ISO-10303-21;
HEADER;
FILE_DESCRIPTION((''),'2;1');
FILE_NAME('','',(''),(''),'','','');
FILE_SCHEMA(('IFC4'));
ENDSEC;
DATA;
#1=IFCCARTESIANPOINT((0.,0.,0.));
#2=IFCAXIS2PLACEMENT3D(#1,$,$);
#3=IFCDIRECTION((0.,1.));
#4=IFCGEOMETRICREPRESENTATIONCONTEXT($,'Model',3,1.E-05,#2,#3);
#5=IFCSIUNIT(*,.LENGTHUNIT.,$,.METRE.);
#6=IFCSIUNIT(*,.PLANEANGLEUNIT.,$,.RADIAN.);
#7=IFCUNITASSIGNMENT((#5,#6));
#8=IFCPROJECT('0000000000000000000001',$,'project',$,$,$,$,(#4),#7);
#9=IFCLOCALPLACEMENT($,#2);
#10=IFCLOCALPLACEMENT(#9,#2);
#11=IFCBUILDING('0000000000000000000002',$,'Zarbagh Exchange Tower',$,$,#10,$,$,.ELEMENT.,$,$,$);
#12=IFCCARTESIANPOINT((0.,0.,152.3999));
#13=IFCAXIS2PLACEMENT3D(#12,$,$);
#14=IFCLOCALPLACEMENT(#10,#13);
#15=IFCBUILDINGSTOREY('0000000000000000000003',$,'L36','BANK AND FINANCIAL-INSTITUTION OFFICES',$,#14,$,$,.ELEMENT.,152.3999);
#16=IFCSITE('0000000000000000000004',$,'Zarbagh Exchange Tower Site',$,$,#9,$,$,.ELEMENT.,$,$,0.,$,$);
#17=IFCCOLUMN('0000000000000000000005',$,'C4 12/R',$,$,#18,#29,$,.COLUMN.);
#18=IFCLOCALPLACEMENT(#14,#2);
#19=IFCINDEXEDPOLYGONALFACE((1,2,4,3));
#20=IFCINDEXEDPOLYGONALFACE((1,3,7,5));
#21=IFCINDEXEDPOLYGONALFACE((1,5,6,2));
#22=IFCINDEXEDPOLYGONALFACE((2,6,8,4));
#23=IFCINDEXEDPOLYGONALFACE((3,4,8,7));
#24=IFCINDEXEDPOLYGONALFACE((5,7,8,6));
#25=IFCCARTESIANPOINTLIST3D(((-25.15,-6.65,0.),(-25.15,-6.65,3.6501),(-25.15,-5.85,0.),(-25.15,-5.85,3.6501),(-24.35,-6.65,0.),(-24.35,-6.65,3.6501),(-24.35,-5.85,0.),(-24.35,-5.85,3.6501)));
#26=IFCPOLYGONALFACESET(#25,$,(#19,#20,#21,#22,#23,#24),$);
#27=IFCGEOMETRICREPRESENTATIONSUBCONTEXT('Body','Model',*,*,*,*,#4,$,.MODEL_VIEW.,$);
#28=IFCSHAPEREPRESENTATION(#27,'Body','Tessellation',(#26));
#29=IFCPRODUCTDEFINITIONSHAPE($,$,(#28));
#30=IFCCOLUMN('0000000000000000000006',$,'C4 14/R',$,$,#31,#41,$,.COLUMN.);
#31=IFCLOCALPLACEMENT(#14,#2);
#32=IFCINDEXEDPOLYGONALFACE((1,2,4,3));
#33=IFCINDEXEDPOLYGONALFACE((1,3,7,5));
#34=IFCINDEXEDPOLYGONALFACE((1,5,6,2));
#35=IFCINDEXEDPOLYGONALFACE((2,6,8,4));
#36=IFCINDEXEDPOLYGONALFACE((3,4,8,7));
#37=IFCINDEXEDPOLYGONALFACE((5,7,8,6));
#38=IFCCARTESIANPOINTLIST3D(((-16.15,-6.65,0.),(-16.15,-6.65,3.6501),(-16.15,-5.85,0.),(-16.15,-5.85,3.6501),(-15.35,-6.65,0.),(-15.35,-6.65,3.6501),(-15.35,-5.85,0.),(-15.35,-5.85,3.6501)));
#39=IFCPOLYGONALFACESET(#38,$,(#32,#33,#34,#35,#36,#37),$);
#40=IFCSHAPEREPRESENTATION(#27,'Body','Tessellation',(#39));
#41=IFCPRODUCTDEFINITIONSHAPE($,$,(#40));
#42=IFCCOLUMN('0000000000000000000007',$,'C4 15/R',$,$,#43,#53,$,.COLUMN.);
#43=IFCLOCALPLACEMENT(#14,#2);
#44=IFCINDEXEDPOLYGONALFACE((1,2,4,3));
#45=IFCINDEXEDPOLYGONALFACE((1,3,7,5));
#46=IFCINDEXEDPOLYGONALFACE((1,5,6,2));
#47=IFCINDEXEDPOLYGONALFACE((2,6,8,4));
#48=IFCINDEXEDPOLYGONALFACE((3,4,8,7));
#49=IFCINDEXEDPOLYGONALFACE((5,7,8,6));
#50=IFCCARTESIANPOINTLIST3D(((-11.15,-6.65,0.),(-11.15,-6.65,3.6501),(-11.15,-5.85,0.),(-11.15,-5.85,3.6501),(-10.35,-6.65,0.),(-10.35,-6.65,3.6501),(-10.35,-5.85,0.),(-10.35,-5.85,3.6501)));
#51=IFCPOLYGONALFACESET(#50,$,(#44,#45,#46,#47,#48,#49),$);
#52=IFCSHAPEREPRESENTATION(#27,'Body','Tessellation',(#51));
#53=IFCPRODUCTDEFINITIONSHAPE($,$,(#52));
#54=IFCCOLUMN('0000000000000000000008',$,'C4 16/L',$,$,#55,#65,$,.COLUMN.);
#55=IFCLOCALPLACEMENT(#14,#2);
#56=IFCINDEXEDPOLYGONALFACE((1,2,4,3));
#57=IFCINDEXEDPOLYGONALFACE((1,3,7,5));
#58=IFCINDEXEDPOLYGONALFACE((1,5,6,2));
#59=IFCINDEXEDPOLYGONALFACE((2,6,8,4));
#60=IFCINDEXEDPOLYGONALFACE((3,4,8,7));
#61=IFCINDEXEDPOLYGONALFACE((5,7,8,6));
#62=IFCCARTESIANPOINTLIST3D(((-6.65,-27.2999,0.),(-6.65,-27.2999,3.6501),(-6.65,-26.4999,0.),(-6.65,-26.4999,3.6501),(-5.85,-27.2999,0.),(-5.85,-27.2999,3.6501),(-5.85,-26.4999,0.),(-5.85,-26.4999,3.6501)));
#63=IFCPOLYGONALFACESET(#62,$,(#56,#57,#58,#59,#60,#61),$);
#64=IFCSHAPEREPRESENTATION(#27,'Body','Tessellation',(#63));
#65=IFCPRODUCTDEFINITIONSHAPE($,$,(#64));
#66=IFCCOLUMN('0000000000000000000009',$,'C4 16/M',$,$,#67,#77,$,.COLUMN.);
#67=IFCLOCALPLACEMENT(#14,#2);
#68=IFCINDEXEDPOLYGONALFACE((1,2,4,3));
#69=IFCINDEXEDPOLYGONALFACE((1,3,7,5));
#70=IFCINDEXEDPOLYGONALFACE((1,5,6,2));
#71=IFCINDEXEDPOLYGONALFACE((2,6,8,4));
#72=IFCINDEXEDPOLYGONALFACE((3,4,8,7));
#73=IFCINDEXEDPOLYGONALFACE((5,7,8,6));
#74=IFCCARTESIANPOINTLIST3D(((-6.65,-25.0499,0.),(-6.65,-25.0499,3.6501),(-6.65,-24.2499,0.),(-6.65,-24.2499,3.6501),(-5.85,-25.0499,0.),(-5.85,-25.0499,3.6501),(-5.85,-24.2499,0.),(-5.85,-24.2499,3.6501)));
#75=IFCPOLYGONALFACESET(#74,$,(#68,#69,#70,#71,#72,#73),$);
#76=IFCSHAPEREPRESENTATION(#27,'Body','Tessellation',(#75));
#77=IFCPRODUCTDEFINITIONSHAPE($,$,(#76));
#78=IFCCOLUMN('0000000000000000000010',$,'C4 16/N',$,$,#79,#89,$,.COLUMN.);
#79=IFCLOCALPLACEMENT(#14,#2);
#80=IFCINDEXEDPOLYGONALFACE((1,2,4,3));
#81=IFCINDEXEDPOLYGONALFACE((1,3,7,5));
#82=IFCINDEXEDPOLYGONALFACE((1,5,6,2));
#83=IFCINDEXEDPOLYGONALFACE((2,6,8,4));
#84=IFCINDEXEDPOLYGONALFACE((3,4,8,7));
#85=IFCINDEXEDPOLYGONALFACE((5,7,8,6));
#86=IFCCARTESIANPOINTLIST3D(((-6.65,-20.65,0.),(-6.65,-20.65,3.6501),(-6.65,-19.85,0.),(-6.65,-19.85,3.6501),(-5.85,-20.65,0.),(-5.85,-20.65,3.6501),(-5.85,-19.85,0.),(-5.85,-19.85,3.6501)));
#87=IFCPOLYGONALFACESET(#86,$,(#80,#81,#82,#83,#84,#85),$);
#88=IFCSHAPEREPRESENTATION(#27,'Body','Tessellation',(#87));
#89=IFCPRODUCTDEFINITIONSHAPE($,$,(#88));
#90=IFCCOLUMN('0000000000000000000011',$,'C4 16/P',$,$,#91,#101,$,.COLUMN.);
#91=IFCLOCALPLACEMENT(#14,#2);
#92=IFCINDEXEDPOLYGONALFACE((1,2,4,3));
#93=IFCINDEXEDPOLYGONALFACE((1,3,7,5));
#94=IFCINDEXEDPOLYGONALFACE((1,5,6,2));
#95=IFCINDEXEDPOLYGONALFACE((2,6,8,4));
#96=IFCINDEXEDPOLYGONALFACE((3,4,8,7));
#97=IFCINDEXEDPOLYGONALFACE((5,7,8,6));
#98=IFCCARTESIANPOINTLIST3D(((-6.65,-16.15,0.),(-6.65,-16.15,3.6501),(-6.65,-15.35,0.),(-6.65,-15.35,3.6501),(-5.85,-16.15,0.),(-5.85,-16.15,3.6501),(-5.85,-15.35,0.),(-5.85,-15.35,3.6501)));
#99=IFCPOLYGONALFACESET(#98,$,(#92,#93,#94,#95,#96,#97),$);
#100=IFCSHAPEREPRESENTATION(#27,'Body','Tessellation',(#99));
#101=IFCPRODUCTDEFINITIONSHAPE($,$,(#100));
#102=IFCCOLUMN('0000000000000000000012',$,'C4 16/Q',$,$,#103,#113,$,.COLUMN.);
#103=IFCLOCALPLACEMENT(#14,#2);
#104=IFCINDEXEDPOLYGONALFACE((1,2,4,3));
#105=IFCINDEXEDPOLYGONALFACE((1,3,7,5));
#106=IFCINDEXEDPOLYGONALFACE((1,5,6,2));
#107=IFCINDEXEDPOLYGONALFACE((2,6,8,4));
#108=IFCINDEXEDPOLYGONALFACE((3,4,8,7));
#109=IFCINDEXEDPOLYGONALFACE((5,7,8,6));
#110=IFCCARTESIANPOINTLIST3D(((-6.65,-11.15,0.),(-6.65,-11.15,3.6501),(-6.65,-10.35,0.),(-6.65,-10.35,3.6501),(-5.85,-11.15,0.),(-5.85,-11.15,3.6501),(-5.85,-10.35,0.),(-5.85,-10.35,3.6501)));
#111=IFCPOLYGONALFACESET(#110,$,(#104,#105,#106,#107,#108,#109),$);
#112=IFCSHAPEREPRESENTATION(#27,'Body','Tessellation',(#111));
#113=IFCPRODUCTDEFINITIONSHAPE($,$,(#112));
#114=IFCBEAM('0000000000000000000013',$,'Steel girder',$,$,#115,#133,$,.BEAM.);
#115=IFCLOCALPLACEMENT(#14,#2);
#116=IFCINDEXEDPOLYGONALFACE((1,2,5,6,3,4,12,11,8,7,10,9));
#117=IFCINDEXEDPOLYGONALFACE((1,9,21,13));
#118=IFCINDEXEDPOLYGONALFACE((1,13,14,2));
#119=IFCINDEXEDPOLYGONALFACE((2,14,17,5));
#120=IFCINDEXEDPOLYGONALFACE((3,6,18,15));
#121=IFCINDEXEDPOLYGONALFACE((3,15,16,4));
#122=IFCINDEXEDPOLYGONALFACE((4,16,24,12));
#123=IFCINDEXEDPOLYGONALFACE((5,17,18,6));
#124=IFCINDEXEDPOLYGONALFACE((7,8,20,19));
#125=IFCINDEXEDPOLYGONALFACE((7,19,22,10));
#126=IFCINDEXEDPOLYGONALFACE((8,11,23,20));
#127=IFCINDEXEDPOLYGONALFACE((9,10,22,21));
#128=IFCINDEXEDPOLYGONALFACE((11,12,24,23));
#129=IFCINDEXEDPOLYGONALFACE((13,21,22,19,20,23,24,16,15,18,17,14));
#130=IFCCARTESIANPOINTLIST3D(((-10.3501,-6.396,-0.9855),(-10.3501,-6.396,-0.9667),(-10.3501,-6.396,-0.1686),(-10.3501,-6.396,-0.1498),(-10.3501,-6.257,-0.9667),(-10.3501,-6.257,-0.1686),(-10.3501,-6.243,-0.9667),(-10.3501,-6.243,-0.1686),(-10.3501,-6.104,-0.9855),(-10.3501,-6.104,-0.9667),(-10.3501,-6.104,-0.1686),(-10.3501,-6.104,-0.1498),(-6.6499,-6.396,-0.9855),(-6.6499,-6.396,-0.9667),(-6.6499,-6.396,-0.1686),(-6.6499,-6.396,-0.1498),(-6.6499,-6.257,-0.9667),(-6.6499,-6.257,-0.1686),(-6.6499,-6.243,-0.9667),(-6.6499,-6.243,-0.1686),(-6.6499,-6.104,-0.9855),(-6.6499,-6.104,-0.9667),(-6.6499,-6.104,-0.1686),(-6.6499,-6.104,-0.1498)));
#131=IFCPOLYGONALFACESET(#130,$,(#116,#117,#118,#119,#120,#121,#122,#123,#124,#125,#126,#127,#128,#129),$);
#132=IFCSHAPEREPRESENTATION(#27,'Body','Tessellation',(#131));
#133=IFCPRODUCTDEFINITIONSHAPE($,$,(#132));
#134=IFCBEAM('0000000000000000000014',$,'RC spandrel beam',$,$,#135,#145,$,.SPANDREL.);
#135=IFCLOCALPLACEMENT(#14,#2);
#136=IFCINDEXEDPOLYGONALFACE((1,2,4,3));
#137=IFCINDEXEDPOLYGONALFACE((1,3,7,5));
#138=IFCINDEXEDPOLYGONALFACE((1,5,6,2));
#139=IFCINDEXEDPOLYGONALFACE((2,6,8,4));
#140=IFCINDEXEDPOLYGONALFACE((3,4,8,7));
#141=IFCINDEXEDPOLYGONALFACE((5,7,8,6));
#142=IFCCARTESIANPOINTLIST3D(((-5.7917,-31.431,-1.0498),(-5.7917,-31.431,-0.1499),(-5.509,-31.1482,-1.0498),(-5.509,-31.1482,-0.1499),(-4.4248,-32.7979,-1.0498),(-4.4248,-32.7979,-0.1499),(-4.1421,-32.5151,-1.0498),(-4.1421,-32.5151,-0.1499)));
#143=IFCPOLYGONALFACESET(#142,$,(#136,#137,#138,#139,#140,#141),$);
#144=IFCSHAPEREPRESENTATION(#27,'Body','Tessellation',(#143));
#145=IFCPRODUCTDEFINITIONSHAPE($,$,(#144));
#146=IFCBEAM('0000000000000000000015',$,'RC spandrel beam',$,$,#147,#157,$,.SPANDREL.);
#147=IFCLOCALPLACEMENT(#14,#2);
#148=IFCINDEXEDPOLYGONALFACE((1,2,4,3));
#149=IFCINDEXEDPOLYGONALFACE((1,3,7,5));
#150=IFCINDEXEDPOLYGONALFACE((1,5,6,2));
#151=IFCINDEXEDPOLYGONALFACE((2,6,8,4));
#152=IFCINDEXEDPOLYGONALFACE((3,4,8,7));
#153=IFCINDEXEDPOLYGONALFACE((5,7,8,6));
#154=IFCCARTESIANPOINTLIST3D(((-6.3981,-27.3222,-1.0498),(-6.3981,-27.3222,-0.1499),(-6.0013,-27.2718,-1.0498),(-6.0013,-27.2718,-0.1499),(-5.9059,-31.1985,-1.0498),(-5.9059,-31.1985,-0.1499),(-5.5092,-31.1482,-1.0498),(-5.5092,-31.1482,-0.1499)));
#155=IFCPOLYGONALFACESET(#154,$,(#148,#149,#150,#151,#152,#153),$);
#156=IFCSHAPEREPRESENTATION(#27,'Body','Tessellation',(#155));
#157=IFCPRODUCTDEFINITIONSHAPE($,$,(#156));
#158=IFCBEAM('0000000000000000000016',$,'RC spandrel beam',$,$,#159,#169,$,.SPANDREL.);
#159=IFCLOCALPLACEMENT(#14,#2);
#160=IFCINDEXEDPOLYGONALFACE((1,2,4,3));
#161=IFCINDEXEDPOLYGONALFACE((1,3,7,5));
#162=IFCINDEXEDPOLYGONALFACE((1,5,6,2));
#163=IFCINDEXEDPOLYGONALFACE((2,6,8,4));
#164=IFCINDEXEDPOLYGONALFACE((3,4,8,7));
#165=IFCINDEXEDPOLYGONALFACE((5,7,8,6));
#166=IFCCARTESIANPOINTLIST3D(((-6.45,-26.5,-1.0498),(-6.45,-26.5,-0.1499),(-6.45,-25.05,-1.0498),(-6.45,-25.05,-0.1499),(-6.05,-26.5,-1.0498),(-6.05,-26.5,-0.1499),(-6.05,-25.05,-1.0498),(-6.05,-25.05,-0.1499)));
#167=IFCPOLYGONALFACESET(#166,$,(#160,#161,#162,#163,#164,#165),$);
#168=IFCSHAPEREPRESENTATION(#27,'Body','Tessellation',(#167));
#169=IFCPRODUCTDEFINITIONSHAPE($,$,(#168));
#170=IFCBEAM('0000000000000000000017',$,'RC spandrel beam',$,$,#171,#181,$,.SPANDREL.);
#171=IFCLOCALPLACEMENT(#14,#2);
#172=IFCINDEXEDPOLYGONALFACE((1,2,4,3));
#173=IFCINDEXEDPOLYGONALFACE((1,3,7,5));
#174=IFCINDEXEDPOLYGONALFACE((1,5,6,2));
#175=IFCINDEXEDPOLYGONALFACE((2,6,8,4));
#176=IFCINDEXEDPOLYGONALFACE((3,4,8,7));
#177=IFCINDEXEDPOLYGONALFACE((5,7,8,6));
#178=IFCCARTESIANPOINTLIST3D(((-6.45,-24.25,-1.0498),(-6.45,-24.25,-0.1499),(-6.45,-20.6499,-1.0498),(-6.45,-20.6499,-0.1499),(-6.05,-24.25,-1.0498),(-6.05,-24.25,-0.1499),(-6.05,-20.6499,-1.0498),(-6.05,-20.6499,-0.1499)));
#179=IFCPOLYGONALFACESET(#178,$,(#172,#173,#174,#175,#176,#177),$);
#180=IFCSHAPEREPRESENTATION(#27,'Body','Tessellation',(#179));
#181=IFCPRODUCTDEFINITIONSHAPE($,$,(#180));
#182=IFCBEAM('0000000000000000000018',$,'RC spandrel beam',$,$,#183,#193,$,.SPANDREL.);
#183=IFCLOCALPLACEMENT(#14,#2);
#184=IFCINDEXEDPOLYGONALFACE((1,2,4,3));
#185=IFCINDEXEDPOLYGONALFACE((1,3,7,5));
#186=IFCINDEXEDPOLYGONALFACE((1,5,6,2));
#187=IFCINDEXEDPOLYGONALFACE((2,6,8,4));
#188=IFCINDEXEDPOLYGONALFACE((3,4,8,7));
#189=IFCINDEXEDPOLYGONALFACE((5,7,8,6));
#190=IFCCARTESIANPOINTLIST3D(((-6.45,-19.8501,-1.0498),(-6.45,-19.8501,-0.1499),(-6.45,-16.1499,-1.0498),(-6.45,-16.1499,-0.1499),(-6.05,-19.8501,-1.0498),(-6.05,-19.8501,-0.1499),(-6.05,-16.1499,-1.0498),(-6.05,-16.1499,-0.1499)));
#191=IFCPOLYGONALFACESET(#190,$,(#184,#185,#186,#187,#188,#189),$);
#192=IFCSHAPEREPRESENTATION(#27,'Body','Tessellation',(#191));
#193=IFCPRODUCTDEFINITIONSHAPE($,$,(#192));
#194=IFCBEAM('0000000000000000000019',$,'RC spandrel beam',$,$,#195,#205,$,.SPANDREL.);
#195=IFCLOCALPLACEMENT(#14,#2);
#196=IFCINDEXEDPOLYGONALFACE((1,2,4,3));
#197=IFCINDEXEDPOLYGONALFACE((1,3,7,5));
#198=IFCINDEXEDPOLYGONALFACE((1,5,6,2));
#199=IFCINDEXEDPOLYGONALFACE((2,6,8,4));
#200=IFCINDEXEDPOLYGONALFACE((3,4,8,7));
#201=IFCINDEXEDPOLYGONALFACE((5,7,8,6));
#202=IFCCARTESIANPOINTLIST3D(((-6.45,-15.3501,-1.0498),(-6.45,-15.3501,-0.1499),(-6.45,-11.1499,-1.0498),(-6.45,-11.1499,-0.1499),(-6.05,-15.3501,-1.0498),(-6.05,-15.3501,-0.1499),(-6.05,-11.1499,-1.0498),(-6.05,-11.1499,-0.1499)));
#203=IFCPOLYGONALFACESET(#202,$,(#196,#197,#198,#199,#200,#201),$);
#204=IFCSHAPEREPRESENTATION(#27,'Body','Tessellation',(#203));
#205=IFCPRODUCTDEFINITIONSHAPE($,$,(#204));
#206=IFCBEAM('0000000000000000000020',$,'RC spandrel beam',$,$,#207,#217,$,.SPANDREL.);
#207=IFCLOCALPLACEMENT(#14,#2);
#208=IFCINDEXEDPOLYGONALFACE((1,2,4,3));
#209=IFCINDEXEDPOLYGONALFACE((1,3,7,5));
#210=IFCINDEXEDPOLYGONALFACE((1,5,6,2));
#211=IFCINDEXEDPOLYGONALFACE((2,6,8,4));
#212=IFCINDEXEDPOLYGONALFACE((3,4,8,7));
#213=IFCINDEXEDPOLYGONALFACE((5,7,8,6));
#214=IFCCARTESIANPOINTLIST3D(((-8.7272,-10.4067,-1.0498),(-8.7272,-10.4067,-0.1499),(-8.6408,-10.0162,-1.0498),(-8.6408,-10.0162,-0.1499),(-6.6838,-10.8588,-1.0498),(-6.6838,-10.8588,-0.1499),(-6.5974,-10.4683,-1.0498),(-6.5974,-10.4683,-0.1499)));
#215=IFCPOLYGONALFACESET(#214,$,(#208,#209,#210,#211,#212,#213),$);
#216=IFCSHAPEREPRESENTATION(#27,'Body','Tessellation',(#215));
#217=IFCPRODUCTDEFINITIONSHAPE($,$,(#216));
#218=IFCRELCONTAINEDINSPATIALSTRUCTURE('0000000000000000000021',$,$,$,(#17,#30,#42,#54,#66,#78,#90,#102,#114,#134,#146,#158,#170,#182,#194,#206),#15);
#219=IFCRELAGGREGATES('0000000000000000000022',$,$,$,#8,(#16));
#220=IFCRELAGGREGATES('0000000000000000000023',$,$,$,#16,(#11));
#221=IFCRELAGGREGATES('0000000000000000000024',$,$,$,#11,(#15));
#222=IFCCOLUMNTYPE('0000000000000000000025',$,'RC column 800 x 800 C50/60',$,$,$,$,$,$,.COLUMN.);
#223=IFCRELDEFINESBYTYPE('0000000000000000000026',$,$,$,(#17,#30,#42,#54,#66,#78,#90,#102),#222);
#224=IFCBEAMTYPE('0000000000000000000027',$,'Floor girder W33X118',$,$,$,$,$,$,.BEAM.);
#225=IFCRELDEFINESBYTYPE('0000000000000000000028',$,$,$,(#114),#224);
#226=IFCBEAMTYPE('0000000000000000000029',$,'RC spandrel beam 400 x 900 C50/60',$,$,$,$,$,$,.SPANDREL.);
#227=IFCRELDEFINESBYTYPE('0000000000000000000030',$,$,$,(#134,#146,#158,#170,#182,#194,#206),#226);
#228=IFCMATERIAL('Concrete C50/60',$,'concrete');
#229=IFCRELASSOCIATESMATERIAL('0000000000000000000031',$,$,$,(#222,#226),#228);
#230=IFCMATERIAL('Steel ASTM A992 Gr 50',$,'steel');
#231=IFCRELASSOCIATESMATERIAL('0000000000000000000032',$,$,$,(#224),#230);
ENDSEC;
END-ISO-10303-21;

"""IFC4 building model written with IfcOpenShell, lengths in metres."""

from ifc_helpers import new_model, si_unit, direction, frame, origin, origin_2d, place, context, subcontext, project, spatial, rectangle, i_section, extrude, material, material_profile, profile_set, type_object, element, save


model = new_model("IFC4")

# Units and contexts
model_context = context("Model", 3, precision=1e-05, world=origin(), true_north=direction((0.0, 1.0)))
body_context = subcontext(model_context, "Body", "Model", "MODEL_VIEW")
ifc_project = project(units=[si_unit("LENGTHUNIT", "METRE"), si_unit("PLANEANGLEUNIT", "RADIAN")], contexts=[model_context])

# Site, building, storey
site_placement = place(None, origin())
site = spatial("IfcSite", under=ifc_project, at=site_placement, Name="Zarbagh Exchange Tower Site", CompositionType="ELEMENT", RefElevation=0.0)
building_placement = place(site_placement, origin())
building = spatial("IfcBuilding", under=site, at=building_placement, Name="Zarbagh Exchange Tower", CompositionType="ELEMENT")
storey_placement = place(building_placement, frame((0.0, 0.0, 152.3999)))
storey = spatial("IfcBuildingStorey", under=building, at=storey_placement, Name="L36", Description="BANK AND FINANCIAL-INSTITUTION OFFICES", CompositionType="ELEMENT", Elevation=152.3999)

# Columns
ifc_material_1 = material(Name="Concrete C50/60", Category="concrete")
ifc_material_profile_1 = material_profile(ifc_material_1, rectangle(XDim=0.8, YDim=0.8, at=origin_2d()), Name="RC column 800 x 800 C50/60")
ifc_profile_set_1 = profile_set([ifc_material_profile_1], Name="Concrete C50/60")
column_type = type_object("IfcColumnType", Name="RC column 800 x 800 C50/60", PredefinedType="COLUMN", material=ifc_profile_set_1)
for number, where, z_axis, x_axis, name in (
    (1, (-24.75, -6.25, 0.0), (0.0, 0.0, 1.0), (1.0, 0.0, 0.0), "C4 12/R"),
    (2, (-15.75, -6.25, 0.0), (0.0, 0.0, 1.0), (1.0, 0.0, 0.0), "C4 14/R"),
    (3, (-10.75, -6.25, 0.0), (0.0, 0.0, 1.0), (1.0, 0.0, 0.0), "C4 15/R"),
    (4, (-6.25, -26.8999, 0.0), (0.0, 0.0, 1.0), (1.0, 0.0, 0.0), "C4 16/L"),
    (5, (-6.25, -24.6499, 0.0), (0.0, 0.0, 1.0), (1.0, 0.0, 0.0), "C4 16/M"),
    (6, (-6.25, -20.25, 0.0), (0.0, 0.0, 1.0), (1.0, 0.0, 0.0), "C4 16/N"),
    (7, (-6.25, -15.75, 0.0), (0.0, 0.0, 1.0), (1.0, 0.0, 0.0), "C4 16/P"),
    (8, (-6.25, -10.75, 0.0), (0.0, 0.0, 1.0), (1.0, 0.0, 0.0), "C4 16/Q"),
):
    element("IfcColumn", number, at=place(storey_placement, frame(where, z_axis=z_axis, x_axis=x_axis)), inside=storey, type_object=column_type, Name=name, PredefinedType="COLUMN", context=body_context, shape_type="SweptSolid", body=[
        extrude(rectangle(XDim=0.8, YDim=0.8, at=origin_2d()), origin(), (0.0, 0.0, 1.0), 3.6501),
    ])

# Beams
ifc_material_2 = material(Name="Steel ASTM A992 Gr 50", Category="steel")
ifc_material_profile_2 = material_profile(ifc_material_2, i_section(OverallWidth=0.292, OverallDepth=0.8357, WebThickness=0.0139, FlangeThickness=0.0188, at=origin_2d()), Name="W33X118")
ifc_profile_set_2 = profile_set([ifc_material_profile_2], Name="Steel ASTM A992 Gr 50")
beam_type_1 = type_object("IfcBeamType", Name="Floor girder W33X118", PredefinedType="BEAM", material=ifc_profile_set_2)
beam_1_placement = place(storey_placement, frame((-10.3501, -6.25, -0.5676), z_axis=(1.0, 0.0, 0.0), x_axis=(0.0, 1.0, 0.0)))
element("IfcBeam", 9, at=beam_1_placement, inside=storey, type_object=beam_type_1, Name="Steel girder", PredefinedType="BEAM", context=body_context, shape_type="SweptSolid", body=[
    extrude(i_section(OverallWidth=0.292, OverallDepth=0.8357, WebThickness=0.0139, FlangeThickness=0.0188, at=origin_2d()), origin(), (0.0, 0.0, 1.0), 3.7002),
])
ifc_material_profile_3 = material_profile(ifc_material_1, rectangle(XDim=0.3999, YDim=0.8999, at=origin_2d()), Name="RC spandrel beam 400 x 900 C50/60")
ifc_profile_set_3 = profile_set([ifc_material_profile_3], Name="Concrete C50/60")
beam_type_2 = type_object("IfcBeamType", Name="RC spandrel beam 400 x 900 C50/60", PredefinedType="SPANDREL", material=ifc_profile_set_3)
beam_2_placement = place(storey_placement, frame((-4.2834, -32.6565, -0.5999), z_axis=(-0.707107, 0.707107, 0.0), x_axis=(-0.707107, -0.707107, 0.0)))
element("IfcBeam", 10, at=beam_2_placement, inside=storey, type_object=beam_type_2, Name="RC spandrel beam", PredefinedType="SPANDREL", context=body_context, shape_type="SweptSolid", body=[
    extrude(rectangle(XDim=0.3999, YDim=0.8999, at=origin_2d()), origin(), (0.0, 0.0, 1.0), 1.9331),
])
beam_3_placement = place(storey_placement, frame((-5.7075, -31.1733, -0.5999), z_axis=(-0.125957, 0.992036, 0.0), x_axis=(-0.992036, -0.125957, 0.0)))
element("IfcBeam", 11, at=beam_3_placement, inside=storey, type_object=beam_type_2, Name="RC spandrel beam", PredefinedType="SPANDREL", context=body_context, shape_type="SweptSolid", body=[
    extrude(rectangle(XDim=0.3999, YDim=0.8999, at=origin_2d()), origin(), (0.0, 0.0, 1.0), 3.9075),
])
beam_4_placement = place(storey_placement, frame((-6.25, -26.5, -0.5999), z_axis=(0.0, 1.0, 0.0), x_axis=(-1.0, 0.0, 0.0)))
element("IfcBeam", 12, at=beam_4_placement, inside=storey, type_object=beam_type_2, Name="RC spandrel beam", PredefinedType="SPANDREL", context=body_context, shape_type="SweptSolid", body=[
    extrude(rectangle(XDim=0.3999, YDim=0.8999, at=origin_2d()), origin(), (0.0, 0.0, 1.0), 1.45),
])
beam_5_placement = place(storey_placement, frame((-6.25, -24.25, -0.5999), z_axis=(0.0, 1.0, 0.0), x_axis=(-1.0, 0.0, 0.0)))
element("IfcBeam", 13, at=beam_5_placement, inside=storey, type_object=beam_type_2, Name="RC spandrel beam", PredefinedType="SPANDREL", context=body_context, shape_type="SweptSolid", body=[
    extrude(rectangle(XDim=0.3999, YDim=0.8999, at=origin_2d()), origin(), (0.0, 0.0, 1.0), 3.6001),
])
beam_6_placement = place(storey_placement, frame((-6.25, -19.8501, -0.5999), z_axis=(0.0, 1.0, 0.0), x_axis=(-1.0, 0.0, 0.0)))
element("IfcBeam", 14, at=beam_6_placement, inside=storey, type_object=beam_type_2, Name="RC spandrel beam", PredefinedType="SPANDREL", context=body_context, shape_type="SweptSolid", body=[
    extrude(rectangle(XDim=0.3999, YDim=0.8999, at=origin_2d()), origin(), (0.0, 0.0, 1.0), 3.7002),
])
beam_7_placement = place(storey_placement, frame((-6.25, -15.3501, -0.5999), z_axis=(0.0, 1.0, 0.0), x_axis=(-1.0, 0.0, 0.0)))
element("IfcBeam", 15, at=beam_7_placement, inside=storey, type_object=beam_type_2, Name="RC spandrel beam", PredefinedType="SPANDREL", context=body_context, shape_type="SweptSolid", body=[
    extrude(rectangle(XDim=0.3999, YDim=0.8999, at=origin_2d()), origin(), (0.0, 0.0, 1.0), 4.2002),
])
beam_8_placement = place(storey_placement, frame((-6.6406, -10.6636, -0.5999), z_axis=(-0.976384, 0.216041, 0.0), x_axis=(-0.216041, -0.976384, 0.0)))
element("IfcBeam", 16, at=beam_8_placement, inside=storey, type_object=beam_type_2, Name="RC spandrel beam", PredefinedType="SPANDREL", context=body_context, shape_type="SweptSolid", body=[
    extrude(rectangle(XDim=0.3999, YDim=0.8999, at=origin_2d()), origin(), (0.0, 0.0, 1.0), 2.0928),
])

save(model, "model.ifc")
